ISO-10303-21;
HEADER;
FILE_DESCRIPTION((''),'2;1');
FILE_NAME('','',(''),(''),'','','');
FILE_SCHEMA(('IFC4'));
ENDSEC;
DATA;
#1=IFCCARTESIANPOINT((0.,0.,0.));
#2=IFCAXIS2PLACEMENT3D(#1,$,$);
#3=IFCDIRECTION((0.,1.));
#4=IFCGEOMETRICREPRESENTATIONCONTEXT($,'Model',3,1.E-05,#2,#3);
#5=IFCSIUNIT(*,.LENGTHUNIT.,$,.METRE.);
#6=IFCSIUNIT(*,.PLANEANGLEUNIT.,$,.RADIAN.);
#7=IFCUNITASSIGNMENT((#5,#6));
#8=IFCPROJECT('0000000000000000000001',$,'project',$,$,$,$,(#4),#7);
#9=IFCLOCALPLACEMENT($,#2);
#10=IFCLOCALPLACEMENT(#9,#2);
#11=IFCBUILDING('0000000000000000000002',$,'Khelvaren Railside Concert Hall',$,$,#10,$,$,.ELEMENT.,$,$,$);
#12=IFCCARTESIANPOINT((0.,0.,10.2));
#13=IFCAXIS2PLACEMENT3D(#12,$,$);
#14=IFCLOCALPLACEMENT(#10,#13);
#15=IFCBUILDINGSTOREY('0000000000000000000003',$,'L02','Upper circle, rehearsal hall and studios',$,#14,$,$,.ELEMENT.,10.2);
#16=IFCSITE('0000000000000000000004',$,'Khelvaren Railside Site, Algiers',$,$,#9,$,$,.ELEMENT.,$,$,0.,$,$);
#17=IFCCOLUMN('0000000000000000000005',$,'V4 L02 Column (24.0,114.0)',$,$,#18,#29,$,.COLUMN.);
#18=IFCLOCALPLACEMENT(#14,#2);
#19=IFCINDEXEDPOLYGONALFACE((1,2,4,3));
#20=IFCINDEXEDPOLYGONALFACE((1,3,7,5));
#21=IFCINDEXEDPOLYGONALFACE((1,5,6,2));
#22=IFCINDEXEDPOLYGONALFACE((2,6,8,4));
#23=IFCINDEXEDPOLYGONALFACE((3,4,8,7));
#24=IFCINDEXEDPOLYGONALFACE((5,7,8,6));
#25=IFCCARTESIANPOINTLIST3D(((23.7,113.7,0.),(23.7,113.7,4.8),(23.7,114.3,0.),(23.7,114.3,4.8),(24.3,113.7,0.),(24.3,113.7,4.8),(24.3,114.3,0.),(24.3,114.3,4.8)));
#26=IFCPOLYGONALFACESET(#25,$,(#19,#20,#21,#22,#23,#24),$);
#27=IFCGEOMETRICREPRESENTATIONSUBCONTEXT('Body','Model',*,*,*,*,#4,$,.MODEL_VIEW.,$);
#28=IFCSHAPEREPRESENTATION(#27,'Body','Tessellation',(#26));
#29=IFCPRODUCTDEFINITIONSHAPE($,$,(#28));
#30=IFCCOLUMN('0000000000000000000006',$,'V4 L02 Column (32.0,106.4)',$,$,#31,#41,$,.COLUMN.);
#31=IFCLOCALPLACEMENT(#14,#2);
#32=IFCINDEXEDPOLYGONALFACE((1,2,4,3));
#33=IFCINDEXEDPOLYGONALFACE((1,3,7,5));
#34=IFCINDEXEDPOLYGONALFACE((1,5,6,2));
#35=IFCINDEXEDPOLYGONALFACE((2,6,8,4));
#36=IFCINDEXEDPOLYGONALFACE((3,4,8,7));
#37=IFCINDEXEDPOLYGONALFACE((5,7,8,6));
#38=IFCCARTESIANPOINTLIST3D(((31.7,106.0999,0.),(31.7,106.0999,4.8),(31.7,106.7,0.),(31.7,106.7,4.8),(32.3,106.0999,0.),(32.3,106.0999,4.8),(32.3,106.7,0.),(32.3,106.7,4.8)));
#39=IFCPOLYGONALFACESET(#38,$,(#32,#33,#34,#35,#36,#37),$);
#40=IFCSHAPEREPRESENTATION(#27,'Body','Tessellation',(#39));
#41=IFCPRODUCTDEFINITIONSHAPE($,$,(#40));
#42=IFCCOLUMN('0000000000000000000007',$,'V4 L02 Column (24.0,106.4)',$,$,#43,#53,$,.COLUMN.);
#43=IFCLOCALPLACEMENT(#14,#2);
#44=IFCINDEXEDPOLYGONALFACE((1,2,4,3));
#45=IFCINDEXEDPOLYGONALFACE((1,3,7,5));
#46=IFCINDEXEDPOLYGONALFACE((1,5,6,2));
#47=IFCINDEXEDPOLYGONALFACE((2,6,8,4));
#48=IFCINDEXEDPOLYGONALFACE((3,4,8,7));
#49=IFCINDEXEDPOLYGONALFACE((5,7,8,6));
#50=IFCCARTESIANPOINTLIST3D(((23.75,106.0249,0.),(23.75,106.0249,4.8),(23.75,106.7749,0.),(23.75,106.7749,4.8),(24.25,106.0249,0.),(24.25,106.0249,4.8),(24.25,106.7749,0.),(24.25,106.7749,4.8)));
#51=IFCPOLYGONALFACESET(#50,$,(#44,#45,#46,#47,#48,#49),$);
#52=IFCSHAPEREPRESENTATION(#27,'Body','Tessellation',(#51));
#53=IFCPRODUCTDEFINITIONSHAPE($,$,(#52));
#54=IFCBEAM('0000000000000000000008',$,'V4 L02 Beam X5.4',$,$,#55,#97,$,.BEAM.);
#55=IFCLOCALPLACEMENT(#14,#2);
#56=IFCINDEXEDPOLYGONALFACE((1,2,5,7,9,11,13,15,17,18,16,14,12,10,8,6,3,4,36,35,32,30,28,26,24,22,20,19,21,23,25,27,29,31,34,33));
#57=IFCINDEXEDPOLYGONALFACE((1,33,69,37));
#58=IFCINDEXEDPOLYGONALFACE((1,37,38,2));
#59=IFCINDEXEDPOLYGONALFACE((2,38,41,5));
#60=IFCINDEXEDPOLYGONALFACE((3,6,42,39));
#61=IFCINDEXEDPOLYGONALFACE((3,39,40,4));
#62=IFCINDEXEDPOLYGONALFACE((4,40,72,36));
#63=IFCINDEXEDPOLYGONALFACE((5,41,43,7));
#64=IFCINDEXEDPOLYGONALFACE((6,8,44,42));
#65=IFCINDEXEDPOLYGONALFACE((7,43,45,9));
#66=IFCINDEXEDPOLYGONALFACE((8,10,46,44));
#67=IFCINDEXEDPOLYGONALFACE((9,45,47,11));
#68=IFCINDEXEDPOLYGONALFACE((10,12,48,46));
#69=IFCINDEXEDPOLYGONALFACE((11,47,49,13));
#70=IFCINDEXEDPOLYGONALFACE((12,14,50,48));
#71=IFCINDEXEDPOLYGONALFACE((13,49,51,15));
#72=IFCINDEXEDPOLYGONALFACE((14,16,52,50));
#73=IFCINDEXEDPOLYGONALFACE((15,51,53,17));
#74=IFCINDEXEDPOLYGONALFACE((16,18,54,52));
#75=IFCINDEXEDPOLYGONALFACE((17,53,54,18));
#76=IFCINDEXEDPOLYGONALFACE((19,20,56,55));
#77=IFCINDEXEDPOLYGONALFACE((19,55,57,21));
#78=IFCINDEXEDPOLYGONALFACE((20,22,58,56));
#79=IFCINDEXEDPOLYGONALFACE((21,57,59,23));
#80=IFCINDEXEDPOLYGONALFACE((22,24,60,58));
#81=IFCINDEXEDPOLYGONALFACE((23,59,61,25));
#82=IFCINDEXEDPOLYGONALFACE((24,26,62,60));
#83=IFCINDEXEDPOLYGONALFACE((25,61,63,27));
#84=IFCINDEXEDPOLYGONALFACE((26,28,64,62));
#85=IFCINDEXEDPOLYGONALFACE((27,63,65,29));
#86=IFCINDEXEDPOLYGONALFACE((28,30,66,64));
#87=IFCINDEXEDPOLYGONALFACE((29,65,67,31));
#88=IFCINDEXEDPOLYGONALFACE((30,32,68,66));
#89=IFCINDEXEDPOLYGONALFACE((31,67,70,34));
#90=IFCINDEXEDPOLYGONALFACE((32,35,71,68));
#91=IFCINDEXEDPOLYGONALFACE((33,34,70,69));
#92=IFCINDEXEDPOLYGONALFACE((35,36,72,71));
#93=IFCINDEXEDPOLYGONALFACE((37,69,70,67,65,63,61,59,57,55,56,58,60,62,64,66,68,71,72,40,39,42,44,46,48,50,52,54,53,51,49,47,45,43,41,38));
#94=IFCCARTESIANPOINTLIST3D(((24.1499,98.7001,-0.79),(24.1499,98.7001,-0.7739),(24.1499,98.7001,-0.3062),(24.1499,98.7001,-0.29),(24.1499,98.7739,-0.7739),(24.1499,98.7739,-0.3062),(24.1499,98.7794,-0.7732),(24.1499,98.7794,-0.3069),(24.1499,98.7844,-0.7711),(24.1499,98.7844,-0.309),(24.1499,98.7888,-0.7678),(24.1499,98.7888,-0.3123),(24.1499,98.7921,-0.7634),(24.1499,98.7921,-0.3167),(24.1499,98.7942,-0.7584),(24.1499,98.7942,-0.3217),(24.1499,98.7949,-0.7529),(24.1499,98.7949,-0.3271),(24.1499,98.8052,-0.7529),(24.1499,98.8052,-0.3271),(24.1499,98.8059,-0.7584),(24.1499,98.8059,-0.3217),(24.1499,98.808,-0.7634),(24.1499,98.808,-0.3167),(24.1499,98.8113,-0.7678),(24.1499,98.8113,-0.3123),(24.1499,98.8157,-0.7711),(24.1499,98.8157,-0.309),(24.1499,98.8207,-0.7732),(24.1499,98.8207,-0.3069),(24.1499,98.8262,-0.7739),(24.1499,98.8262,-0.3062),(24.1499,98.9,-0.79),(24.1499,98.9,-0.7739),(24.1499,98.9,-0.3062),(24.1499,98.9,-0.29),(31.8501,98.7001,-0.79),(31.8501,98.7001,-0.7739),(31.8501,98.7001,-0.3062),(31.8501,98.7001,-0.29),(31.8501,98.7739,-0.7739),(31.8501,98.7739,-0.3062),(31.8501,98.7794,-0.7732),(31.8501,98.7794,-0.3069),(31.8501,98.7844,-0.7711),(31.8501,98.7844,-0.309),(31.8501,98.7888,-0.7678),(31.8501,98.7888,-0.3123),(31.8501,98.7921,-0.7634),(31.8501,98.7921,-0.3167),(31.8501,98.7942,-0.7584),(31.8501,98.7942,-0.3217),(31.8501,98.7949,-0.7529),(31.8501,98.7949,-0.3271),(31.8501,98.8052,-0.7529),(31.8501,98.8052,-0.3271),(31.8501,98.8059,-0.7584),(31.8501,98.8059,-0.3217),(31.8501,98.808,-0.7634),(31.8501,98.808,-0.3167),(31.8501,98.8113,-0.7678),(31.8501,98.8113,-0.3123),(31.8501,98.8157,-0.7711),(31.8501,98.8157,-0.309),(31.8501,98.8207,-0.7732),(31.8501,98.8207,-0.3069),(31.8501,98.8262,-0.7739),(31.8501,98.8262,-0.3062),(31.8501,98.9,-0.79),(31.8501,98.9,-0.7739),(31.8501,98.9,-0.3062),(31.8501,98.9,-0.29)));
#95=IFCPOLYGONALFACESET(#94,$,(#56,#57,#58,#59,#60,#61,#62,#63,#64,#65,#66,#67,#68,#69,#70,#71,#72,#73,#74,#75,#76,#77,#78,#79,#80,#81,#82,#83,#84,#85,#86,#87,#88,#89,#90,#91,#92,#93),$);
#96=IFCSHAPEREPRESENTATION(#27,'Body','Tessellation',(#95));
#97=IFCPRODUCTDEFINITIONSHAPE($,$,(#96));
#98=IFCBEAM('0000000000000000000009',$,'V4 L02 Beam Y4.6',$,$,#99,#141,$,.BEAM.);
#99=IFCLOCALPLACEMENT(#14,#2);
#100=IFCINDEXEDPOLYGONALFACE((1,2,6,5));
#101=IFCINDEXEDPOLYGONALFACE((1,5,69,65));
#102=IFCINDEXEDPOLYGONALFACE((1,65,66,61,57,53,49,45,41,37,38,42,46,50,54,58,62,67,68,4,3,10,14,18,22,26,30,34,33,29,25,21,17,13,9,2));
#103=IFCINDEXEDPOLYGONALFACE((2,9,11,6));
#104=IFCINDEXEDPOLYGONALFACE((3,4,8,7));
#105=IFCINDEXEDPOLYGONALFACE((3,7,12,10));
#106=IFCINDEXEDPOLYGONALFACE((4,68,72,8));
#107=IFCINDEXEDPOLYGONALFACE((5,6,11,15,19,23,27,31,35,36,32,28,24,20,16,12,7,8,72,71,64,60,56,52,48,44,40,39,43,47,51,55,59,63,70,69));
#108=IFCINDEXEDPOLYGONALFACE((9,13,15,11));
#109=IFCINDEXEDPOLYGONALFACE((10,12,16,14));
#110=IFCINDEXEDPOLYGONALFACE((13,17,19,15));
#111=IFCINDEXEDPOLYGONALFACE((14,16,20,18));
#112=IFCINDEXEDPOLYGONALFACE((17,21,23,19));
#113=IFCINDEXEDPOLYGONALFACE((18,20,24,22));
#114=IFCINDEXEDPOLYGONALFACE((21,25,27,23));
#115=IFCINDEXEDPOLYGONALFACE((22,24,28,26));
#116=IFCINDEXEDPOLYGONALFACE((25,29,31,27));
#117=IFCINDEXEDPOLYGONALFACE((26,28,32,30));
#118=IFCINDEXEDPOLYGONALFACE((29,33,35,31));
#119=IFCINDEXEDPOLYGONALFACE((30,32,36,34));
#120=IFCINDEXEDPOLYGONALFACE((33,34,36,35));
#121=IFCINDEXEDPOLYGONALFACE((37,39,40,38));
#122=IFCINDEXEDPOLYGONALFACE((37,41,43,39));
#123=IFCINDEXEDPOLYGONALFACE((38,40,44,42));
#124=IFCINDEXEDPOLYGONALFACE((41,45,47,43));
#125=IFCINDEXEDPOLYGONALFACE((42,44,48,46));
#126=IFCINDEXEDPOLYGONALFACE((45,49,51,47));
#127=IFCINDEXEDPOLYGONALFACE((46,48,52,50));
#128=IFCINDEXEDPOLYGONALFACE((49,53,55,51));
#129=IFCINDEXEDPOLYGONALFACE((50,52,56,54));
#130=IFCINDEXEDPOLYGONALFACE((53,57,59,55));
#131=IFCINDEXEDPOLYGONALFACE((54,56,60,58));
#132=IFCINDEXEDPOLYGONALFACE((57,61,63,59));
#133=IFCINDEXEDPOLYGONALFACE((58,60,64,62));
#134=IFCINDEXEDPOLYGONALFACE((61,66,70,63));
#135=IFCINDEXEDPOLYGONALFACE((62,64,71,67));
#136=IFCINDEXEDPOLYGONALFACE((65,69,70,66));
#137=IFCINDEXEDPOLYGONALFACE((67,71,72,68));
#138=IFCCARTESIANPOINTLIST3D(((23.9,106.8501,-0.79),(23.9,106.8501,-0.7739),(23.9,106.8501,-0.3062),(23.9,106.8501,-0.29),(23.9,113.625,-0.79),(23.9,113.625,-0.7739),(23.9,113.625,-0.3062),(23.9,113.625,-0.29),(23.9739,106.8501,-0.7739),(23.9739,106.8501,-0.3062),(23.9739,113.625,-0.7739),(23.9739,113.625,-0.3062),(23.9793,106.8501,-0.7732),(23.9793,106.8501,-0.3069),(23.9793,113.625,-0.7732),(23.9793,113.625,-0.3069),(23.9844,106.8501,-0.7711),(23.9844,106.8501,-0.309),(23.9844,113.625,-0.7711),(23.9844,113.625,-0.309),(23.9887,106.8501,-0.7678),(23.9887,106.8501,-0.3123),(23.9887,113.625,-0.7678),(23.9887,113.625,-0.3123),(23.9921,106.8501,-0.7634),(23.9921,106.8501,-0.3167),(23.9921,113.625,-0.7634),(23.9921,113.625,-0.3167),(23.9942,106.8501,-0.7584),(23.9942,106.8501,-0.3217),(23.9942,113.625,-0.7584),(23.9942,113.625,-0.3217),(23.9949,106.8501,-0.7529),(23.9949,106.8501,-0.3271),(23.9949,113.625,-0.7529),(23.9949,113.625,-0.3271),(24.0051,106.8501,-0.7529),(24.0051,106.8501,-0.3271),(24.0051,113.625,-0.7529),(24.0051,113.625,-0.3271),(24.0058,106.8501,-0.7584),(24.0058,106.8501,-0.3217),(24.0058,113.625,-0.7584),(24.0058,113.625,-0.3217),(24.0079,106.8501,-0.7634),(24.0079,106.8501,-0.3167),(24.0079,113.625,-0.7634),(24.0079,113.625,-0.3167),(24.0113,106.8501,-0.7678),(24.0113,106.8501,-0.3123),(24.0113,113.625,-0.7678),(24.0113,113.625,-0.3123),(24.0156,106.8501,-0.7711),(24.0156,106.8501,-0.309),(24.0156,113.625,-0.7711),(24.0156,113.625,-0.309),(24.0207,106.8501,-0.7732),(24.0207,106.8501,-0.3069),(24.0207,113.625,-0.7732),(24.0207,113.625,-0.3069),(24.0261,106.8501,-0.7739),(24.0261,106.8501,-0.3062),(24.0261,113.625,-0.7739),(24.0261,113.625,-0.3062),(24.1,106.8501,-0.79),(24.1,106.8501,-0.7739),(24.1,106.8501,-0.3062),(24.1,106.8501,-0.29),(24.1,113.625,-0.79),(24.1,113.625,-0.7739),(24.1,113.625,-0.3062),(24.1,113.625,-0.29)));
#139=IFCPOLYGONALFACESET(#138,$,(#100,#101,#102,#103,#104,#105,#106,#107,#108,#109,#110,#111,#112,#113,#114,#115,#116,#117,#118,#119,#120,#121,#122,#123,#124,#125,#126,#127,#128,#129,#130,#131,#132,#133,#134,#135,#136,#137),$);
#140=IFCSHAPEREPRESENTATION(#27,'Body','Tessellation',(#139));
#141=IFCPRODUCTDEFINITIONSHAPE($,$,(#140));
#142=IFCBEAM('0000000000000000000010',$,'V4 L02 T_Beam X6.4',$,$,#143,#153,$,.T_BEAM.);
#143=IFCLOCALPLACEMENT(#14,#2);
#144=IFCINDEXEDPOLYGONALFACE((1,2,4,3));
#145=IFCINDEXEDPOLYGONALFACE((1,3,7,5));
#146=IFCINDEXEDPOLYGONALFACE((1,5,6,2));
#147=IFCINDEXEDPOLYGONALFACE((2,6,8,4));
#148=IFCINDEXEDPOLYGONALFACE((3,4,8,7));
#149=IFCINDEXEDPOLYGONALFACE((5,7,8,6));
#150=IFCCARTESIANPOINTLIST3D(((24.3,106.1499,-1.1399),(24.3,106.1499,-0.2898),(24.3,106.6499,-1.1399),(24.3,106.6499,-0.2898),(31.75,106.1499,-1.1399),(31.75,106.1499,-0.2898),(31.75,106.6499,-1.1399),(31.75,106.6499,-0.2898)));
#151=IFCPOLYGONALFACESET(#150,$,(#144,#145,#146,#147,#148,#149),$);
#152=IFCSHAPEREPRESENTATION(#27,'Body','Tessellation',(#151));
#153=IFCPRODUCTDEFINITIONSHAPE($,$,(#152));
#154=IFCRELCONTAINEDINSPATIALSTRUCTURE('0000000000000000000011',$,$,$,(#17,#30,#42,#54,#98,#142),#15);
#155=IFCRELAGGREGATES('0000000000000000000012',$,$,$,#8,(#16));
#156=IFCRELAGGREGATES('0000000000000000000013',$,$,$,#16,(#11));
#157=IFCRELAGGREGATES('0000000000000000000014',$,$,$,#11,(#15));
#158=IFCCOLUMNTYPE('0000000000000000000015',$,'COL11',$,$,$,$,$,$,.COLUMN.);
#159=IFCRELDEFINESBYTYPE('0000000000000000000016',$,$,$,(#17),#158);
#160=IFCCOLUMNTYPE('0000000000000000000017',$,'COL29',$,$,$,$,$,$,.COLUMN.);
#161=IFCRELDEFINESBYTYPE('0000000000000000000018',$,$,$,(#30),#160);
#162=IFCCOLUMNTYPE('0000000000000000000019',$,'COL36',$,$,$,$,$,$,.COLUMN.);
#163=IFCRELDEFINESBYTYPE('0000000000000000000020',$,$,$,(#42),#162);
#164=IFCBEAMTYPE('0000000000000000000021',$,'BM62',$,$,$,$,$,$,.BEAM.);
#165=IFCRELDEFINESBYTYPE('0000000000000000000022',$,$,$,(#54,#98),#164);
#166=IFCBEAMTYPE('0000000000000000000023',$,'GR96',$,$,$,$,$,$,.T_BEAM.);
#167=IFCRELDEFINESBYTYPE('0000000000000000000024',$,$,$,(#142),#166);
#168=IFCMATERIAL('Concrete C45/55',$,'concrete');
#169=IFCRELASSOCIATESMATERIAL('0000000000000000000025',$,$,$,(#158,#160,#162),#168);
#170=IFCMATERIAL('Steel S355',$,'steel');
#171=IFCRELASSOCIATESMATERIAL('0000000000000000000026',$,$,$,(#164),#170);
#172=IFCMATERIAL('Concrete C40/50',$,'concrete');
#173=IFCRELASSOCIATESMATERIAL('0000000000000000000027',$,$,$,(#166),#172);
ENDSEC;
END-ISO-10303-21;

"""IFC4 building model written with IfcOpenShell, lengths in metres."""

from ifc_helpers import new_model, si_unit, direction, frame, origin, origin_2d, place, context, subcontext, project, spatial, rectangle, i_section, extrude, material, material_profile, profile_set, type_object, element, save


model = new_model("IFC4")

# Units and contexts
model_context = context("Model", 3, precision=1e-05, world=origin(), true_north=direction((0.0, 1.0)))
body_context = subcontext(model_context, "Body", "Model", "MODEL_VIEW")
ifc_project = project(units=[si_unit("LENGTHUNIT", "METRE"), si_unit("PLANEANGLEUNIT", "RADIAN")], contexts=[model_context])

# Site, building, storey
site_placement = place(None, origin())
site = spatial("IfcSite", under=ifc_project, at=site_placement, Name="Khelvaren Railside Site, Algiers", CompositionType="ELEMENT", RefElevation=0.0)
building_placement = place(site_placement, origin())
building = spatial("IfcBuilding", under=site, at=building_placement, Name="Khelvaren Railside Concert Hall", CompositionType="ELEMENT")
storey_placement = place(building_placement, frame((0.0, 0.0, 10.2)))
storey = spatial("IfcBuildingStorey", under=building, at=storey_placement, Name="L02", Description="Upper circle, rehearsal hall and studios", CompositionType="ELEMENT", Elevation=10.2)

# Columns
ifc_material_1 = material(Name="Concrete C45/55", Category="concrete")
ifc_material_profile_1 = material_profile(ifc_material_1, rectangle(XDim=0.6001, YDim=0.6001, at=origin_2d()), Name="RC 600x600")
ifc_profile_set_1 = profile_set([ifc_material_profile_1], Name="Concrete C45/55")
column_type_1 = type_object("IfcColumnType", Name="COL11", PredefinedType="COLUMN", material=ifc_profile_set_1)
column_1_placement = place(storey_placement, frame((24.0, 114.0, 0.0), z_axis=(0.0, 0.0, 1.0), x_axis=(1.0, 0.0, 0.0)))
element("IfcColumn", 1, at=column_1_placement, inside=storey, type_object=column_type_1, Name="V4 L02 Column (24.0,114.0)", PredefinedType="COLUMN", context=body_context, shape_type="SweptSolid", body=[
    extrude(rectangle(XDim=0.6001, YDim=0.6001, at=origin_2d()), origin(), (0.0, 0.0, 1.0), 4.8),
])
ifc_material_profile_2 = material_profile(ifc_material_1, rectangle(XDim=0.6001, YDim=0.6001, at=origin_2d()), Name="RC 600x600")
ifc_profile_set_2 = profile_set([ifc_material_profile_2], Name="Concrete C45/55")
column_type_2 = type_object("IfcColumnType", Name="COL29", PredefinedType="COLUMN", material=ifc_profile_set_2)
column_2_placement = place(storey_placement, frame((32.0, 106.3999, 0.0), z_axis=(0.0, 0.0, 1.0), x_axis=(1.0, 0.0, 0.0)))
element("IfcColumn", 2, at=column_2_placement, inside=storey, type_object=column_type_2, Name="V4 L02 Column (32.0,106.4)", PredefinedType="COLUMN", context=body_context, shape_type="SweptSolid", body=[
    extrude(rectangle(XDim=0.6001, YDim=0.6001, at=origin_2d()), origin(), (0.0, 0.0, 1.0), 4.8),
])
ifc_material_profile_3 = material_profile(ifc_material_1, rectangle(XDim=0.5, YDim=0.75, at=origin_2d()), Name="RC 500x750")
ifc_profile_set_3 = profile_set([ifc_material_profile_3], Name="Concrete C45/55")
column_type_3 = type_object("IfcColumnType", Name="COL36", PredefinedType="COLUMN", material=ifc_profile_set_3)
column_3_placement = place(storey_placement, frame((24.0, 106.3999, 0.0), z_axis=(0.0, 0.0, 1.0), x_axis=(1.0, 0.0, 0.0)))
element("IfcColumn", 3, at=column_3_placement, inside=storey, type_object=column_type_3, Name="V4 L02 Column (24.0,106.4)", PredefinedType="COLUMN", context=body_context, shape_type="SweptSolid", body=[
    extrude(rectangle(XDim=0.5, YDim=0.75, at=origin_2d()), origin(), (0.0, 0.0, 1.0), 4.8),
])

# Beams
ifc_material_2 = material(Name="Steel S355", Category="steel")
ifc_material_profile_4 = material_profile(ifc_material_2, i_section(OverallWidth=0.2, OverallDepth=0.5, WebThickness=0.0103, FlangeThickness=0.0161, FilletRadius=0.021, at=origin_2d()), Name="IPE 500")
ifc_profile_set_4 = profile_set([ifc_material_profile_4], Name="Steel S355")
beam_type_1 = type_object("IfcBeamType", Name="BM62", PredefinedType="BEAM", material=ifc_profile_set_4)
beam_1_placement = place(storey_placement, frame((24.1499, 98.8, -0.54), z_axis=(1.0, 0.0, 0.0), x_axis=(0.0, 1.0, 0.0)))
element("IfcBeam", 4, at=beam_1_placement, inside=storey, type_object=beam_type_1, Name="V4 L02 Beam X5.4", PredefinedType="BEAM", context=body_context, shape_type="SweptSolid", body=[
    extrude(i_section(OverallWidth=0.2, OverallDepth=0.5, WebThickness=0.0103, FlangeThickness=0.0161, FilletRadius=0.021, at=origin_2d()), origin(), (0.0, 0.0, 1.0), 7.7002),
])
beam_2_placement = place(storey_placement, frame((24.0, 106.8501, -0.54), z_axis=(0.0, 1.0, 0.0), x_axis=(-1.0, 0.0, 0.0)))
element("IfcBeam", 5, at=beam_2_placement, inside=storey, type_object=beam_type_1, Name="V4 L02 Beam Y4.6", PredefinedType="BEAM", context=body_context, shape_type="SweptSolid", body=[
    extrude(i_section(OverallWidth=0.2, OverallDepth=0.5, WebThickness=0.0103, FlangeThickness=0.0161, FilletRadius=0.021, at=origin_2d()), origin(), (0.0, 0.0, 1.0), 6.7749),
])
ifc_material_3 = material(Name="Concrete C40/50", Category="concrete")
ifc_material_profile_5 = material_profile(ifc_material_3, rectangle(XDim=0.5, YDim=0.8501, at=origin_2d()), Name="RCB 500x850")
ifc_profile_set_5 = profile_set([ifc_material_profile_5], Name="Concrete C40/50")
beam_type_2 = type_object("IfcBeamType", Name="GR96", PredefinedType="T_BEAM", material=ifc_profile_set_5)
beam_3_placement = place(storey_placement, frame((24.3, 106.3999, -0.7148), z_axis=(1.0, 0.0, 0.0), x_axis=(0.0, 1.0, 0.0)))
element("IfcBeam", 6, at=beam_3_placement, inside=storey, type_object=beam_type_2, Name="V4 L02 T_Beam X6.4", PredefinedType="T_BEAM", context=body_context, shape_type="SweptSolid", body=[
    extrude(rectangle(XDim=0.5, YDim=0.8501, at=origin_2d()), origin(), (0.0, 0.0, 1.0), 7.45),
])

save(model, "model.ifc")
